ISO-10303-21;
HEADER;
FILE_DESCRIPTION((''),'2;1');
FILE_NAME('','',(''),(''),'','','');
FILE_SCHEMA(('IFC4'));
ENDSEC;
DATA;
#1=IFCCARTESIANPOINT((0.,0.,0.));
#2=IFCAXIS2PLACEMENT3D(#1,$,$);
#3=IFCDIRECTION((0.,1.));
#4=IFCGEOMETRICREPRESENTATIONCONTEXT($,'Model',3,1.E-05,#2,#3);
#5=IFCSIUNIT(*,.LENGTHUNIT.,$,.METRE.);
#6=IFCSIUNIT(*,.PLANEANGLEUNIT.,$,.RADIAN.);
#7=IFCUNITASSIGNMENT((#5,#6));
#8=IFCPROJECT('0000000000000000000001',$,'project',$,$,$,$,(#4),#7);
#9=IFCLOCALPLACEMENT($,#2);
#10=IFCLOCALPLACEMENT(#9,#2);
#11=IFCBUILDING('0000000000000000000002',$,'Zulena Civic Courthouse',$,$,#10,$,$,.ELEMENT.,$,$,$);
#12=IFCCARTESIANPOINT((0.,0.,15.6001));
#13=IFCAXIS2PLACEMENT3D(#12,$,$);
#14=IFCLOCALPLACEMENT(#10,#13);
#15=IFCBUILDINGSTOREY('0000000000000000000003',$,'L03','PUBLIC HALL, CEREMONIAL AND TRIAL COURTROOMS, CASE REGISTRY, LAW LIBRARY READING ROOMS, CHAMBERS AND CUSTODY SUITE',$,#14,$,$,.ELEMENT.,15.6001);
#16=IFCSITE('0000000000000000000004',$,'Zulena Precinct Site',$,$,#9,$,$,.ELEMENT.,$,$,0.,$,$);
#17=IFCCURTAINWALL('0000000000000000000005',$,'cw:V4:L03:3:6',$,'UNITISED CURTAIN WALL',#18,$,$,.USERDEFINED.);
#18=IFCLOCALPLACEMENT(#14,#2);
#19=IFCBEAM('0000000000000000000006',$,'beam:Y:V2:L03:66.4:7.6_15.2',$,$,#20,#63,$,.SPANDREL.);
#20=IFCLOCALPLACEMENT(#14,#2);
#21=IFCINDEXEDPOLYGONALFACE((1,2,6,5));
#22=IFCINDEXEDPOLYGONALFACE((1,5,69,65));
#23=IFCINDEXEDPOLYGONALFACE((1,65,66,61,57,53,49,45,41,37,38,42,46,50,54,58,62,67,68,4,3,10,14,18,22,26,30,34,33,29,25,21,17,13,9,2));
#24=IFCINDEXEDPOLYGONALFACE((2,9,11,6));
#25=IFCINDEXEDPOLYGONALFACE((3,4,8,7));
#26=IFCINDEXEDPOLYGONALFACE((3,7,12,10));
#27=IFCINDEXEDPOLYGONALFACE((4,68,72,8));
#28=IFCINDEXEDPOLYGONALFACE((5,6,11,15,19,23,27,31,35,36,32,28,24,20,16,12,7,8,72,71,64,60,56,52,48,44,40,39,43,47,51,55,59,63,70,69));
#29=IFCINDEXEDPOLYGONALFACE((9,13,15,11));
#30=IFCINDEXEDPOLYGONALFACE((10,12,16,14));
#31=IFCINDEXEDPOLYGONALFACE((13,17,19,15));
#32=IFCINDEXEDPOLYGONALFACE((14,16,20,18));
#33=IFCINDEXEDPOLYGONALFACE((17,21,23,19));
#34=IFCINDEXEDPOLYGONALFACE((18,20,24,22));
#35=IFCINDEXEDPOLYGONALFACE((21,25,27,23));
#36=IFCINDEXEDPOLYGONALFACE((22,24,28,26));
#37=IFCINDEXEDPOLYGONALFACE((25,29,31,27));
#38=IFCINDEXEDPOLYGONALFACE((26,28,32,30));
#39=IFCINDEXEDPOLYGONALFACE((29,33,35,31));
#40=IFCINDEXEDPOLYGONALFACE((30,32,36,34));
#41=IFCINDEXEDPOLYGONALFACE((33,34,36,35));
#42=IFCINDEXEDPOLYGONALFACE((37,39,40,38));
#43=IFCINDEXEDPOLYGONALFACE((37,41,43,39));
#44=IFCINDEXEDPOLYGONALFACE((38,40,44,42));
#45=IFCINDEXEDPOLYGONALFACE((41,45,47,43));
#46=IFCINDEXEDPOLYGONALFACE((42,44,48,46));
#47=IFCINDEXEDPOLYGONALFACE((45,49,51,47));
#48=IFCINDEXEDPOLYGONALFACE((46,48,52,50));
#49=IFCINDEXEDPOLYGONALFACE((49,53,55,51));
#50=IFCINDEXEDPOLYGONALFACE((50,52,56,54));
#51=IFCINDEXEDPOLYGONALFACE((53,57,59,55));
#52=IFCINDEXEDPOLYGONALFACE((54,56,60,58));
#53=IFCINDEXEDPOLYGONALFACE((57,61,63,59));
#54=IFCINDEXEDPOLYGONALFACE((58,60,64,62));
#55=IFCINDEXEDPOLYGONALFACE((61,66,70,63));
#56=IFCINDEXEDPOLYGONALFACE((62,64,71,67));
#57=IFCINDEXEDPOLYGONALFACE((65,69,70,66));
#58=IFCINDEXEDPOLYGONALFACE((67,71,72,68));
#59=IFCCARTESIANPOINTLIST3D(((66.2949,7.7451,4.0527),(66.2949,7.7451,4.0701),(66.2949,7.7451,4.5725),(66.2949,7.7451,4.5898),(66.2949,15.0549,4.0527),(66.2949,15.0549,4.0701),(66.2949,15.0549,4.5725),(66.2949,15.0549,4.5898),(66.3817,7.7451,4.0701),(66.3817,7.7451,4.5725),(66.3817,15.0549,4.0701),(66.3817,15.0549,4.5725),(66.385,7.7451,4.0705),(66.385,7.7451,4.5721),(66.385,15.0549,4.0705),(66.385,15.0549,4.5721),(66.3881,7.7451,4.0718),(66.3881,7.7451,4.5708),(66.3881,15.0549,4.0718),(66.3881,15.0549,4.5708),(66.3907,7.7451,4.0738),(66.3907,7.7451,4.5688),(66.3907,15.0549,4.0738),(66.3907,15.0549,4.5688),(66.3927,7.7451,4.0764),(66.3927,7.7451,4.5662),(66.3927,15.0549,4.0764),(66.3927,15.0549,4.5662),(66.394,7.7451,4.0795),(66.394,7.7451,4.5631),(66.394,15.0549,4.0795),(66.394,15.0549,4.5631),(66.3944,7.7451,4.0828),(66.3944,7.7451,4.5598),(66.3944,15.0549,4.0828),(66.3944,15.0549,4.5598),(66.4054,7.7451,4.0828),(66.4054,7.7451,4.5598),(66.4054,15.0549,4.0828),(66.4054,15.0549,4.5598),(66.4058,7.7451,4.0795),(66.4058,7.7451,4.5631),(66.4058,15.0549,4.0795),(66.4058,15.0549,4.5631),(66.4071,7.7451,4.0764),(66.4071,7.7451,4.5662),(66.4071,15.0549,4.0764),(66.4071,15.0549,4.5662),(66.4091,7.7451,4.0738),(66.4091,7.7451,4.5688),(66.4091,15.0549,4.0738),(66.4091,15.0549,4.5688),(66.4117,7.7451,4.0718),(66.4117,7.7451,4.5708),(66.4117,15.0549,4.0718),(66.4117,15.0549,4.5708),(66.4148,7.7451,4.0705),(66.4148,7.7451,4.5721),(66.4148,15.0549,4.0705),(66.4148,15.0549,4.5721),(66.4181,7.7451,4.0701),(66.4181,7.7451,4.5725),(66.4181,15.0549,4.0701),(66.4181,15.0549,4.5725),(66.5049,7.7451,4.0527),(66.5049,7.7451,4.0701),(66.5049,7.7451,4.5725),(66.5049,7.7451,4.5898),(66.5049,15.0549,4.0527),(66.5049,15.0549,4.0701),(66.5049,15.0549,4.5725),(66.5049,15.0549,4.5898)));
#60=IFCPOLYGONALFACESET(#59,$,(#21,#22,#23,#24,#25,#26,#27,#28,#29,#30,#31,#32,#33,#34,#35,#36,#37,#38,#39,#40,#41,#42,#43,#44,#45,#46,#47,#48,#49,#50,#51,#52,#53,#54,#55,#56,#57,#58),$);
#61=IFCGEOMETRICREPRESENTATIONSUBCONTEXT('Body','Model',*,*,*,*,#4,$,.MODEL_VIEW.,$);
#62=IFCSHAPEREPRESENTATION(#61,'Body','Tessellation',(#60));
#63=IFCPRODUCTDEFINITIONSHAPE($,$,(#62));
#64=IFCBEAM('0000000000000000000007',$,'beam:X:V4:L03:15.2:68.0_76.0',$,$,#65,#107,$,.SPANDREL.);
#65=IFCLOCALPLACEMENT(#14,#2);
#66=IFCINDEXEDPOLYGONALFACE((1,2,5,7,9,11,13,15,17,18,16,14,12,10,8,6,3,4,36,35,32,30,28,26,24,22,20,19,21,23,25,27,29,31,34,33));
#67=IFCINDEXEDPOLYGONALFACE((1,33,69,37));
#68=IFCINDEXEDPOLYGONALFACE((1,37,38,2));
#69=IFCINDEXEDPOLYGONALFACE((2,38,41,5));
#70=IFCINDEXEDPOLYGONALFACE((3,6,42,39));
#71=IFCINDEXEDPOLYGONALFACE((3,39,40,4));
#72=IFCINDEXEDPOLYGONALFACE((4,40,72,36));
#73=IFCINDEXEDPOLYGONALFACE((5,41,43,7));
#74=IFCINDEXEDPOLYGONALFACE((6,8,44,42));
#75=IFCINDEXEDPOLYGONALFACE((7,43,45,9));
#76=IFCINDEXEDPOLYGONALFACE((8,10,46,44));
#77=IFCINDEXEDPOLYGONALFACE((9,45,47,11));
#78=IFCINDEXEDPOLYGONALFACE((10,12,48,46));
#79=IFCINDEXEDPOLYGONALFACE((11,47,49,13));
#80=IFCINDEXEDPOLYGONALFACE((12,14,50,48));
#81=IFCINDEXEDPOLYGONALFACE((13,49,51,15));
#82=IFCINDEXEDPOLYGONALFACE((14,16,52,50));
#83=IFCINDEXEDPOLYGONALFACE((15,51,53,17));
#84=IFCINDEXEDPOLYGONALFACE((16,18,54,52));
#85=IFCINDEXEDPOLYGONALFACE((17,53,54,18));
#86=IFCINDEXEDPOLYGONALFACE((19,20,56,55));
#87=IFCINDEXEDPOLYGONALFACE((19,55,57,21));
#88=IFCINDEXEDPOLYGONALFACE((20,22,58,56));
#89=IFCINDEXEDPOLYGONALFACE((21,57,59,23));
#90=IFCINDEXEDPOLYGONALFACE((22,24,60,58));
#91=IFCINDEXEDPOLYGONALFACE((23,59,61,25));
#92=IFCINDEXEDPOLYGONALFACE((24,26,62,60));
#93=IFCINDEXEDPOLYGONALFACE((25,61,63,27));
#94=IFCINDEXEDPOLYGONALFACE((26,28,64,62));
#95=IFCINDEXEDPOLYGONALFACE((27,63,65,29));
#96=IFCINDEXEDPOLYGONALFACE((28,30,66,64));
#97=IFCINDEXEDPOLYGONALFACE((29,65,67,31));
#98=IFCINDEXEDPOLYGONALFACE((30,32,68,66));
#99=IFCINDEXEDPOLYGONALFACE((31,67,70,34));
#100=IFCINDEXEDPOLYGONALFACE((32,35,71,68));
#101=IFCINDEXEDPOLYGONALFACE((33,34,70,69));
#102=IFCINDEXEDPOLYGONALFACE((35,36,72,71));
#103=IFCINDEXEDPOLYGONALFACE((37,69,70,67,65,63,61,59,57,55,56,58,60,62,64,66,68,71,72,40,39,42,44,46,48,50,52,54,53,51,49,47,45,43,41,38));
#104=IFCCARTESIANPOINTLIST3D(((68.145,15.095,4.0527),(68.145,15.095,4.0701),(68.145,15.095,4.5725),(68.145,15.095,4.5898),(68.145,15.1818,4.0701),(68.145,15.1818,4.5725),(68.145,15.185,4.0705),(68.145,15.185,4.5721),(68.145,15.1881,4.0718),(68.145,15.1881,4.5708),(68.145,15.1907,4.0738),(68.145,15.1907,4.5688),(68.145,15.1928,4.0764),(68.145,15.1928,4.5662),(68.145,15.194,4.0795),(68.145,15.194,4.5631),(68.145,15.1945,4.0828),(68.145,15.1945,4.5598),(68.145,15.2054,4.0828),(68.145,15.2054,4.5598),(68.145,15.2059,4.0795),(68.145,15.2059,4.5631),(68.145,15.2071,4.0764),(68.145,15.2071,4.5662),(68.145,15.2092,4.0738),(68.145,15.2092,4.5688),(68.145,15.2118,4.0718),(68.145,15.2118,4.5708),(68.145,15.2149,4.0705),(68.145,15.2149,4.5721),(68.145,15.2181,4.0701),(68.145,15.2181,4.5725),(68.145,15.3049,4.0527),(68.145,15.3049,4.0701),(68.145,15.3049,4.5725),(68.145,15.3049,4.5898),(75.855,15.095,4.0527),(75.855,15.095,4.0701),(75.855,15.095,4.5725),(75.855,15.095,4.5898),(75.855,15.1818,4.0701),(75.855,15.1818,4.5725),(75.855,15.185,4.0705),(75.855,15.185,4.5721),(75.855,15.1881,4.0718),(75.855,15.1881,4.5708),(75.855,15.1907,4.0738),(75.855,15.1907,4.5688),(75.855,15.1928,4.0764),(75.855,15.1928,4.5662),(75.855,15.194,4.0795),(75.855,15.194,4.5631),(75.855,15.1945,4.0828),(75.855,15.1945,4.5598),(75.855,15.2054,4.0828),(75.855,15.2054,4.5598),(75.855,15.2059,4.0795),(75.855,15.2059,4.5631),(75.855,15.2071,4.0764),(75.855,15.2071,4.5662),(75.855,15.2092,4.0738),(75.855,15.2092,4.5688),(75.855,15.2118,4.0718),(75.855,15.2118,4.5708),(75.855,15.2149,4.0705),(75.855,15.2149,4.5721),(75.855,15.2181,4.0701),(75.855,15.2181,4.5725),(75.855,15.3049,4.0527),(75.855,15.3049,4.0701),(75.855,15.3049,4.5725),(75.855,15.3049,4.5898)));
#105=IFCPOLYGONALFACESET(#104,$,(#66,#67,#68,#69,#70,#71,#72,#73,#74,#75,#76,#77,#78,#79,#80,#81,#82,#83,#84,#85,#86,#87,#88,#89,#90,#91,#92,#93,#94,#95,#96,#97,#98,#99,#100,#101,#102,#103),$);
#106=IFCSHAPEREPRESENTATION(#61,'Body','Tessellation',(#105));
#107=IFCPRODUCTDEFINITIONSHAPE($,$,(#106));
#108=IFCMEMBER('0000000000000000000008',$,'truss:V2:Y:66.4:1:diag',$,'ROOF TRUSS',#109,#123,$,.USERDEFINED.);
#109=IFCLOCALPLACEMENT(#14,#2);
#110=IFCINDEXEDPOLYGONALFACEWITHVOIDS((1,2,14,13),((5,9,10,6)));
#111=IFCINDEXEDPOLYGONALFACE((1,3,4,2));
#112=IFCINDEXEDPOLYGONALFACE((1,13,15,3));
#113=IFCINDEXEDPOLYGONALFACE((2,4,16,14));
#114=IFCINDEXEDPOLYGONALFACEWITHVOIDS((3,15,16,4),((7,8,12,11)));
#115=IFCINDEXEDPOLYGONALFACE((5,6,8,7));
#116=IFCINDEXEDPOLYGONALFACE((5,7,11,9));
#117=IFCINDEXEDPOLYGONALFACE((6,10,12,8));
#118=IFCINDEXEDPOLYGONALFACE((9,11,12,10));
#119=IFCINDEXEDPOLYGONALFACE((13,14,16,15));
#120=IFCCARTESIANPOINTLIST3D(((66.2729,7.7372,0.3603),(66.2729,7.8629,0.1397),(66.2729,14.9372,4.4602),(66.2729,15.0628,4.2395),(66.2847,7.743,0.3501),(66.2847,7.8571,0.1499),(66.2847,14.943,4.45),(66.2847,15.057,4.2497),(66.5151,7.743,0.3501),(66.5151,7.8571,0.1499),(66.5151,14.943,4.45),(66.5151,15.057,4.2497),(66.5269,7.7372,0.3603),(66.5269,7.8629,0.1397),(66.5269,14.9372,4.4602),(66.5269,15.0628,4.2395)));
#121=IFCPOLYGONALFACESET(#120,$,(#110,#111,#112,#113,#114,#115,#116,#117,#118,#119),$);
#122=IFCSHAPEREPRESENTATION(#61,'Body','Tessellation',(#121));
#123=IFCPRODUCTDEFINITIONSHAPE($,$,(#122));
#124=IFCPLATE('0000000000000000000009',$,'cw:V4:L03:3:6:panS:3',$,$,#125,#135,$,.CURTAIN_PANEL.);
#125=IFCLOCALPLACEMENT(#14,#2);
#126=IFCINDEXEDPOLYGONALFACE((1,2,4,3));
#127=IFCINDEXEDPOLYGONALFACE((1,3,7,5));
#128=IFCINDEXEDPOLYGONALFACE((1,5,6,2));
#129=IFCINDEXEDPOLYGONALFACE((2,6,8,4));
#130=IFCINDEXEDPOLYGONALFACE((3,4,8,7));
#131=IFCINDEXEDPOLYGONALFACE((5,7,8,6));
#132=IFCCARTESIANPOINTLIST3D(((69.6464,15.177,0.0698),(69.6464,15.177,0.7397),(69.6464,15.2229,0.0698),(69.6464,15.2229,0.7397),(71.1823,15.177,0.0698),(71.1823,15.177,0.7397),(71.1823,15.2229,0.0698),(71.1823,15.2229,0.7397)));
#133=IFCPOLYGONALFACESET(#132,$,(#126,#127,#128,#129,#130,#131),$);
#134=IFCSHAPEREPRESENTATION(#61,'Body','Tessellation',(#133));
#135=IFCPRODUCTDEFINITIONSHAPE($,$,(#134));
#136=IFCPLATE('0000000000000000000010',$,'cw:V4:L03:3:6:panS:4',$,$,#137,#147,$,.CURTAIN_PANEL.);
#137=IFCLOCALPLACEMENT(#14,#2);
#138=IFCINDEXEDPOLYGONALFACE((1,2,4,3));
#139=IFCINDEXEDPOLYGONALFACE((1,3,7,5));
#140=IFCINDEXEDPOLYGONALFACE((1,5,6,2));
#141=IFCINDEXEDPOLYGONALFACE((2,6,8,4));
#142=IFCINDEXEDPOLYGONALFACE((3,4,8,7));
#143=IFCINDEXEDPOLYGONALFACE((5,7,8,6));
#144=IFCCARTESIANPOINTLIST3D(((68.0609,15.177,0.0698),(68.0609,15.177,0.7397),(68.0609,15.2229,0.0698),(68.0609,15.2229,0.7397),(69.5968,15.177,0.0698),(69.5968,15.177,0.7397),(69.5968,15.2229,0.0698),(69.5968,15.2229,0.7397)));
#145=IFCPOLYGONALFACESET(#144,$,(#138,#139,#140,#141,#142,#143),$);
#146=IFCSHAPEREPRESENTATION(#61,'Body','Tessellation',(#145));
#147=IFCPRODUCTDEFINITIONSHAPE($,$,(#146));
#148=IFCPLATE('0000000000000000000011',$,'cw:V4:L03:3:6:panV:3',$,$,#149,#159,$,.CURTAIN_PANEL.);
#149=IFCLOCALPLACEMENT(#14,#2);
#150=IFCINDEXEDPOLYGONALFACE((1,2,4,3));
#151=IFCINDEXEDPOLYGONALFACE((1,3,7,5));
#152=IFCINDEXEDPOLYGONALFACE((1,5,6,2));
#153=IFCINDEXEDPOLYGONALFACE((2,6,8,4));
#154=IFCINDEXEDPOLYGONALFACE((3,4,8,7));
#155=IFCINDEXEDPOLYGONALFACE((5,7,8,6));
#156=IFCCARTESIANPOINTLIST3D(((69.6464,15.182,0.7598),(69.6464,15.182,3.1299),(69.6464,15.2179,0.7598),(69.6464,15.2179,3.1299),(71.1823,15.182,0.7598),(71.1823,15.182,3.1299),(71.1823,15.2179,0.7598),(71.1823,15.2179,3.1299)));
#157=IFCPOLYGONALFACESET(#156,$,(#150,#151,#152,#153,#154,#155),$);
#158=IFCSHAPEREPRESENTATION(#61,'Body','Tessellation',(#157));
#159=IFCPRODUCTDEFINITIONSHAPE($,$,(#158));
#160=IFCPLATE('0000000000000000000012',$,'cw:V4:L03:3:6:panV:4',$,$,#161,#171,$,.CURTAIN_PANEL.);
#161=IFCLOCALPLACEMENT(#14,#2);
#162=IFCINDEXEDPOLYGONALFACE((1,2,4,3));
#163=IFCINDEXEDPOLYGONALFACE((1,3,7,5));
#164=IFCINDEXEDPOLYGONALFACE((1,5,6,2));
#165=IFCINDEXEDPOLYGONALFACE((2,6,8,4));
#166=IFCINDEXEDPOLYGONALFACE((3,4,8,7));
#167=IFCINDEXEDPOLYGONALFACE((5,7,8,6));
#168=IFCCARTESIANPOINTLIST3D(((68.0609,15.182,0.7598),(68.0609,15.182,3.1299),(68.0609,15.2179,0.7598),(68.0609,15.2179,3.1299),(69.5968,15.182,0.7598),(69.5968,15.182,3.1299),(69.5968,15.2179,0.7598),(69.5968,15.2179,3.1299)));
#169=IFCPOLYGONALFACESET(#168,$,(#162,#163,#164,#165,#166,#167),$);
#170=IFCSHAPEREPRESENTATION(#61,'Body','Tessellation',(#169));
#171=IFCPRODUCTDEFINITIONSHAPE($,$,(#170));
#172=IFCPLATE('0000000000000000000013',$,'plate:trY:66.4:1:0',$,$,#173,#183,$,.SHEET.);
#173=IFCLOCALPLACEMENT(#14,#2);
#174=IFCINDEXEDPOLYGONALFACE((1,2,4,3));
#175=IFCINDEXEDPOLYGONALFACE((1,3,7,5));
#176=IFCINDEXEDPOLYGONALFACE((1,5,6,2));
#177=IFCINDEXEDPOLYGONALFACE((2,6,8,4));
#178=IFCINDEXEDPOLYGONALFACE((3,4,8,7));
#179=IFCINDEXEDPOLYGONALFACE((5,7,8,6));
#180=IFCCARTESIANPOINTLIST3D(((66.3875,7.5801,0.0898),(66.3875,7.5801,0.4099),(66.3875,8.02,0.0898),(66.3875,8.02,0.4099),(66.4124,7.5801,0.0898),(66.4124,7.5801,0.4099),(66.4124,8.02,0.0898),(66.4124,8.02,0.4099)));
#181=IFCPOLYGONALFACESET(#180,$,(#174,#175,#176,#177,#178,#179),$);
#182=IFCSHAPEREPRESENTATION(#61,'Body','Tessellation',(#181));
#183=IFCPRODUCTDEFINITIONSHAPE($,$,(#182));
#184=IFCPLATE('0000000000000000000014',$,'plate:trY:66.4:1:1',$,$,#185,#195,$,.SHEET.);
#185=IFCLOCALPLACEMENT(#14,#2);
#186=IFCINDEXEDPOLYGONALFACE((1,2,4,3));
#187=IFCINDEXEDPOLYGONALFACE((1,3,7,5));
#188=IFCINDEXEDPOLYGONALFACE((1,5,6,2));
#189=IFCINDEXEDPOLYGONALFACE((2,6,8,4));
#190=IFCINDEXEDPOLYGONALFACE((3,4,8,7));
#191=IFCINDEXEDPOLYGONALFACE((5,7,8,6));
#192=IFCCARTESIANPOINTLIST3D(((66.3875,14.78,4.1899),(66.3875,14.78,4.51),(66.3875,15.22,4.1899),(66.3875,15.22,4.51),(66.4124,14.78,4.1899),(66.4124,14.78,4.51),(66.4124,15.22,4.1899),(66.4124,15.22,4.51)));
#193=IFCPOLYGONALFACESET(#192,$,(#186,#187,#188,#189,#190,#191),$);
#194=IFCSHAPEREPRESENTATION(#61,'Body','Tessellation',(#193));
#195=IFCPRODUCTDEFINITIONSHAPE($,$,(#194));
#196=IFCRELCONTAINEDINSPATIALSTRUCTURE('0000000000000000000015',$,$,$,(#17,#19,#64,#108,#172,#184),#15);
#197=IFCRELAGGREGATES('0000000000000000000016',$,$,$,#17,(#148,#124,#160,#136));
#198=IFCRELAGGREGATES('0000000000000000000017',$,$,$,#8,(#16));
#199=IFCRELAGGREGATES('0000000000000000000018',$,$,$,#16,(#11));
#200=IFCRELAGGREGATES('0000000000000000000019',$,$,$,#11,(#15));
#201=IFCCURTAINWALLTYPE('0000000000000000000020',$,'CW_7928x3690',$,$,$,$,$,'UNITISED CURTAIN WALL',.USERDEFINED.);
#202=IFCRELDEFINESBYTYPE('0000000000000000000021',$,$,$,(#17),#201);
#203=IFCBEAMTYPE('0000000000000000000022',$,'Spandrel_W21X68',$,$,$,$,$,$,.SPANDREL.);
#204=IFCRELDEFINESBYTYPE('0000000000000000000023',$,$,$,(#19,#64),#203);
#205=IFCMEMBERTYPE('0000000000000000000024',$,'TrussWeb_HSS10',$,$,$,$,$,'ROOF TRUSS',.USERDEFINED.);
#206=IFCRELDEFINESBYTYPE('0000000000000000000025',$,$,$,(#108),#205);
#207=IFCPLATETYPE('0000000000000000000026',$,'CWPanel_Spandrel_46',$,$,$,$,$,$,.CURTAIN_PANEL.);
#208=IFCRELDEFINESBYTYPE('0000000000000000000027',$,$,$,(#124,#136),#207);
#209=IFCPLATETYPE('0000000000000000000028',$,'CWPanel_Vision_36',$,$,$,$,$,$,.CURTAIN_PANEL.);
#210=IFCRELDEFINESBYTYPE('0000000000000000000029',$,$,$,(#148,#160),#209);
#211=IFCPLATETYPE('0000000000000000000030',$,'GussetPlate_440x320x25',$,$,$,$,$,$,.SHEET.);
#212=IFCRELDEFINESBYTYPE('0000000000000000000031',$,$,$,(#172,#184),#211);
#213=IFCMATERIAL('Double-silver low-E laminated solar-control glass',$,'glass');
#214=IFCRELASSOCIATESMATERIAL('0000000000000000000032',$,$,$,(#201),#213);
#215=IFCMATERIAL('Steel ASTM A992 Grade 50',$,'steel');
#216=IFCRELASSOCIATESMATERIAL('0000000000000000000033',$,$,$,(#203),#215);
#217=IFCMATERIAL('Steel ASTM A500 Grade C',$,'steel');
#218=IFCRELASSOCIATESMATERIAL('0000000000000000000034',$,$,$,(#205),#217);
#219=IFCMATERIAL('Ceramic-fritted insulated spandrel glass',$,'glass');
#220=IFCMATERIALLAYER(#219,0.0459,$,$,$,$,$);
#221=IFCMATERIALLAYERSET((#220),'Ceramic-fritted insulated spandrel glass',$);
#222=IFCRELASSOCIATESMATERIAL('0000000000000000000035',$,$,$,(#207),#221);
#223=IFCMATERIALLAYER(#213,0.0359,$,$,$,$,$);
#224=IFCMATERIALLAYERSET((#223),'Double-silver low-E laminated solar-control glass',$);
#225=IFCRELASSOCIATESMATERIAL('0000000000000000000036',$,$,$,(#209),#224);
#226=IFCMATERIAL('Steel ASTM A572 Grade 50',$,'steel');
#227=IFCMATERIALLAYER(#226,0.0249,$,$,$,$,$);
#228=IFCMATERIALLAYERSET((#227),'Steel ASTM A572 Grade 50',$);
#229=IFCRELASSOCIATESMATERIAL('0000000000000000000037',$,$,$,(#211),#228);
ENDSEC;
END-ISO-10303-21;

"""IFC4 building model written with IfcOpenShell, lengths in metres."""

from ifc_helpers import new_model, si_unit, direction, frame, origin, origin_2d, place, context, subcontext, project, spatial, rectangle, hollow_rectangle, i_section, extrude, material, layer, layer_set, material_profile, profile_set, type_object, element, aggregate, save


model = new_model("IFC4")

# Units and contexts
model_context = context("Model", 3, precision=1e-05, world=origin(), true_north=direction((0.0, 1.0)))
body_context = subcontext(model_context, "Body", "Model", "MODEL_VIEW")
ifc_project = project(units=[si_unit("LENGTHUNIT", "METRE"), si_unit("PLANEANGLEUNIT", "RADIAN")], contexts=[model_context])

# Site, building, storey
site_placement = place(None, origin())
site = spatial("IfcSite", under=ifc_project, at=site_placement, Name="Zulena Precinct Site", CompositionType="ELEMENT", RefElevation=0.0)
building_placement = place(site_placement, origin())
building = spatial("IfcBuilding", under=site, at=building_placement, Name="Zulena Civic Courthouse", CompositionType="ELEMENT")
storey_placement = place(building_placement, frame((0.0, 0.0, 15.6001)))
storey = spatial("IfcBuildingStorey", under=building, at=storey_placement, Name="L03", Description="PUBLIC HALL, CEREMONIAL AND TRIAL COURTROOMS, CASE REGISTRY, LAW LIBRARY READING ROOMS, CHAMBERS AND CUSTODY SUITE", CompositionType="ELEMENT", Elevation=15.6001)

# Shared definitions
ifc_material_1 = material(Name="Steel ASTM A992 Grade 50", Category="steel")

# Curtain wall
ifc_material_2 = material(Name="Double-silver low-E laminated solar-control glass", Category="glass")
curtain_wall_type = type_object("IfcCurtainWallType", Name="CW_7928x3690", ElementType="UNITISED CURTAIN WALL", PredefinedType="USERDEFINED", material=ifc_material_2)
curtain_wall_placement = place(storey_placement, origin())
curtain_wall = element("IfcCurtainWall", 1, at=curtain_wall_placement, inside=storey, type_object=curtain_wall_type, Name="cw:V4:L03:3:6", ObjectType="UNITISED CURTAIN WALL", PredefinedType="USERDEFINED")

# Beams
ifc_material_profile_1 = material_profile(ifc_material_1, i_section(OverallWidth=0.21, OverallDepth=0.5371, WebThickness=0.011, FlangeThickness=0.0173, FilletRadius=0.0127, at=origin_2d()), Name="W21X68")
ifc_profile_set_1 = profile_set([ifc_material_profile_1], Name="Steel ASTM A992 Grade 50")
beam_type = type_object("IfcBeamType", Name="Spandrel_W21X68", PredefinedType="SPANDREL", material=ifc_profile_set_1)
beam_1_placement = place(storey_placement, frame((66.3999, 7.7451, 4.3213), z_axis=(0.0, 1.0, 0.0), x_axis=(-1.0, 0.0, 0.0)))
element("IfcBeam", 2, at=beam_1_placement, inside=storey, type_object=beam_type, Name="beam:Y:V2:L03:66.4:7.6_15.2", PredefinedType="SPANDREL", context=body_context, shape_type="SweptSolid", body=[
    extrude(i_section(OverallWidth=0.21, OverallDepth=0.5371, WebThickness=0.011, FlangeThickness=0.0173, FilletRadius=0.0127, at=origin_2d()), origin(), (0.0, 0.0, 1.0), 7.3098),
])
beam_2_placement = place(storey_placement, frame((68.145, 15.2, 4.3213), z_axis=(1.0, 0.0, 0.0), x_axis=(0.0, 1.0, 0.0)))
element("IfcBeam", 3, at=beam_2_placement, inside=storey, type_object=beam_type, Name="beam:X:V4:L03:15.2:68.0_76.0", PredefinedType="SPANDREL", context=body_context, shape_type="SweptSolid", body=[
    extrude(i_section(OverallWidth=0.21, OverallDepth=0.5371, WebThickness=0.011, FlangeThickness=0.0173, FilletRadius=0.0127, at=origin_2d()), origin(), (0.0, 0.0, 1.0), 7.71),
])

# Member
ifc_material_3 = material(Name="Steel ASTM A500 Grade C", Category="steel")
ifc_material_profile_2 = material_profile(ifc_material_3, hollow_rectangle(XDim=0.2539, YDim=0.2539, WallThickness=0.0117, at=origin_2d()), Name="HSS10X10X1/2")
ifc_profile_set_2 = profile_set([ifc_material_profile_2], Name="Steel ASTM A500 Grade C")
member_type_1 = type_object("IfcMemberType", Name="TrussWeb_HSS10", ElementType="ROOF TRUSS", PredefinedType="USERDEFINED", material=ifc_profile_set_2)
member_1_placement = place(storey_placement, frame((66.3999, 7.8, 0.25), z_axis=(0.0, 0.868991, 0.494828), x_axis=(-1.0, 0.0, 0.0)))
element("IfcMember", 4, at=member_1_placement, inside=storey, type_object=member_type_1, Name="truss:V2:Y:66.4:1:diag", ObjectType="ROOF TRUSS", PredefinedType="USERDEFINED", context=body_context, shape_type="SweptSolid", body=[
    extrude(hollow_rectangle(XDim=0.2539, YDim=0.2539, WallThickness=0.0117, at=origin_2d()), origin(), (0.0, 0.0, 1.0), 8.2854),
])

# Plates
ifc_material_4 = material(Name="Ceramic-fritted insulated spandrel glass", Category="glass")
ifc_layer_1 = layer(ifc_material_4, 0.0459)
ifc_layer_set_1 = layer_set([ifc_layer_1], Name="Ceramic-fritted insulated spandrel glass")
plate_type_1 = type_object("IfcPlateType", Name="CWPanel_Spandrel_46", PredefinedType="CURTAIN_PANEL", material=ifc_layer_set_1)
plate_1_placement = place(storey_placement, frame((70.4143, 15.2, 0.0698), z_axis=(0.0, 0.0, 1.0), x_axis=(-1.0, 0.0, 0.0)))
plate_1 = element("IfcPlate", 5, at=plate_1_placement, type_object=plate_type_1, Name="cw:V4:L03:3:6:panS:3", PredefinedType="CURTAIN_PANEL", context=body_context, shape_type="SweptSolid", body=[
    extrude(rectangle(XDim=1.5359, YDim=0.0459, at=origin_2d()), origin(), (0.0, 0.0, 1.0), 0.6699),
])
plate_2_placement = place(storey_placement, frame((68.8289, 15.2, 0.0698), z_axis=(0.0, 0.0, 1.0), x_axis=(-1.0, 0.0, 0.0)))
plate_2 = element("IfcPlate", 6, at=plate_2_placement, type_object=plate_type_1, Name="cw:V4:L03:3:6:panS:4", PredefinedType="CURTAIN_PANEL", context=body_context, shape_type="SweptSolid", body=[
    extrude(rectangle(XDim=1.5359, YDim=0.0459, at=origin_2d()), origin(), (0.0, 0.0, 1.0), 0.6699),
])
ifc_layer_2 = layer(ifc_material_2, 0.0359)
ifc_layer_set_2 = layer_set([ifc_layer_2], Name="Double-silver low-E laminated solar-control glass")
plate_type_2 = type_object("IfcPlateType", Name="CWPanel_Vision_36", PredefinedType="CURTAIN_PANEL", material=ifc_layer_set_2)
plate_3_placement = place(storey_placement, frame((70.4143, 15.2, 0.7598), z_axis=(0.0, 0.0, 1.0), x_axis=(-1.0, 0.0, 0.0)))
plate_3 = element("IfcPlate", 7, at=plate_3_placement, type_object=plate_type_2, Name="cw:V4:L03:3:6:panV:3", PredefinedType="CURTAIN_PANEL", context=body_context, shape_type="SweptSolid", body=[
    extrude(rectangle(XDim=1.5359, YDim=0.0359, at=origin_2d()), origin(), (0.0, 0.0, 1.0), 2.3701),
])
plate_4_placement = place(storey_placement, frame((68.8289, 15.2, 0.7598), z_axis=(0.0, 0.0, 1.0), x_axis=(-1.0, 0.0, 0.0)))
plate_4 = element("IfcPlate", 8, at=plate_4_placement, type_object=plate_type_2, Name="cw:V4:L03:3:6:panV:4", PredefinedType="CURTAIN_PANEL", context=body_context, shape_type="SweptSolid", body=[
    extrude(rectangle(XDim=1.5359, YDim=0.0359, at=origin_2d()), origin(), (0.0, 0.0, 1.0), 2.3701),
])
aggregate(curtain_wall, [plate_3, plate_1, plate_4, plate_2])

# Plates
ifc_material_5 = material(Name="Steel ASTM A572 Grade 50", Category="steel")
ifc_layer_3 = layer(ifc_material_5, 0.0249)
ifc_layer_set_3 = layer_set([ifc_layer_3], Name="Steel ASTM A572 Grade 50")
plate_type_3 = type_object("IfcPlateType", Name="GussetPlate_440x320x25", PredefinedType="SHEET", material=ifc_layer_set_3)
for number, where, z_axis, x_axis, name in (
    (9, (66.3999, 7.8, 0.0898), (0.0, 0.0, 1.0), (1.0, 0.0, 0.0), "plate:trY:66.4:1:0"),
    (10, (66.3999, 15.0, 4.1899), (0.0, 0.0, 1.0), (1.0, 0.0, 0.0), "plate:trY:66.4:1:1"),
):
    element("IfcPlate", number, at=place(storey_placement, frame(where, z_axis=z_axis, x_axis=x_axis)), inside=storey, type_object=plate_type_3, Name=name, PredefinedType="SHEET", context=body_context, shape_type="SweptSolid", body=[
        extrude(rectangle(XDim=0.0249, YDim=0.4399, at=origin_2d()), origin(), (0.0, 0.0, 1.0), 0.3201),
    ])

save(model, "model.ifc")
